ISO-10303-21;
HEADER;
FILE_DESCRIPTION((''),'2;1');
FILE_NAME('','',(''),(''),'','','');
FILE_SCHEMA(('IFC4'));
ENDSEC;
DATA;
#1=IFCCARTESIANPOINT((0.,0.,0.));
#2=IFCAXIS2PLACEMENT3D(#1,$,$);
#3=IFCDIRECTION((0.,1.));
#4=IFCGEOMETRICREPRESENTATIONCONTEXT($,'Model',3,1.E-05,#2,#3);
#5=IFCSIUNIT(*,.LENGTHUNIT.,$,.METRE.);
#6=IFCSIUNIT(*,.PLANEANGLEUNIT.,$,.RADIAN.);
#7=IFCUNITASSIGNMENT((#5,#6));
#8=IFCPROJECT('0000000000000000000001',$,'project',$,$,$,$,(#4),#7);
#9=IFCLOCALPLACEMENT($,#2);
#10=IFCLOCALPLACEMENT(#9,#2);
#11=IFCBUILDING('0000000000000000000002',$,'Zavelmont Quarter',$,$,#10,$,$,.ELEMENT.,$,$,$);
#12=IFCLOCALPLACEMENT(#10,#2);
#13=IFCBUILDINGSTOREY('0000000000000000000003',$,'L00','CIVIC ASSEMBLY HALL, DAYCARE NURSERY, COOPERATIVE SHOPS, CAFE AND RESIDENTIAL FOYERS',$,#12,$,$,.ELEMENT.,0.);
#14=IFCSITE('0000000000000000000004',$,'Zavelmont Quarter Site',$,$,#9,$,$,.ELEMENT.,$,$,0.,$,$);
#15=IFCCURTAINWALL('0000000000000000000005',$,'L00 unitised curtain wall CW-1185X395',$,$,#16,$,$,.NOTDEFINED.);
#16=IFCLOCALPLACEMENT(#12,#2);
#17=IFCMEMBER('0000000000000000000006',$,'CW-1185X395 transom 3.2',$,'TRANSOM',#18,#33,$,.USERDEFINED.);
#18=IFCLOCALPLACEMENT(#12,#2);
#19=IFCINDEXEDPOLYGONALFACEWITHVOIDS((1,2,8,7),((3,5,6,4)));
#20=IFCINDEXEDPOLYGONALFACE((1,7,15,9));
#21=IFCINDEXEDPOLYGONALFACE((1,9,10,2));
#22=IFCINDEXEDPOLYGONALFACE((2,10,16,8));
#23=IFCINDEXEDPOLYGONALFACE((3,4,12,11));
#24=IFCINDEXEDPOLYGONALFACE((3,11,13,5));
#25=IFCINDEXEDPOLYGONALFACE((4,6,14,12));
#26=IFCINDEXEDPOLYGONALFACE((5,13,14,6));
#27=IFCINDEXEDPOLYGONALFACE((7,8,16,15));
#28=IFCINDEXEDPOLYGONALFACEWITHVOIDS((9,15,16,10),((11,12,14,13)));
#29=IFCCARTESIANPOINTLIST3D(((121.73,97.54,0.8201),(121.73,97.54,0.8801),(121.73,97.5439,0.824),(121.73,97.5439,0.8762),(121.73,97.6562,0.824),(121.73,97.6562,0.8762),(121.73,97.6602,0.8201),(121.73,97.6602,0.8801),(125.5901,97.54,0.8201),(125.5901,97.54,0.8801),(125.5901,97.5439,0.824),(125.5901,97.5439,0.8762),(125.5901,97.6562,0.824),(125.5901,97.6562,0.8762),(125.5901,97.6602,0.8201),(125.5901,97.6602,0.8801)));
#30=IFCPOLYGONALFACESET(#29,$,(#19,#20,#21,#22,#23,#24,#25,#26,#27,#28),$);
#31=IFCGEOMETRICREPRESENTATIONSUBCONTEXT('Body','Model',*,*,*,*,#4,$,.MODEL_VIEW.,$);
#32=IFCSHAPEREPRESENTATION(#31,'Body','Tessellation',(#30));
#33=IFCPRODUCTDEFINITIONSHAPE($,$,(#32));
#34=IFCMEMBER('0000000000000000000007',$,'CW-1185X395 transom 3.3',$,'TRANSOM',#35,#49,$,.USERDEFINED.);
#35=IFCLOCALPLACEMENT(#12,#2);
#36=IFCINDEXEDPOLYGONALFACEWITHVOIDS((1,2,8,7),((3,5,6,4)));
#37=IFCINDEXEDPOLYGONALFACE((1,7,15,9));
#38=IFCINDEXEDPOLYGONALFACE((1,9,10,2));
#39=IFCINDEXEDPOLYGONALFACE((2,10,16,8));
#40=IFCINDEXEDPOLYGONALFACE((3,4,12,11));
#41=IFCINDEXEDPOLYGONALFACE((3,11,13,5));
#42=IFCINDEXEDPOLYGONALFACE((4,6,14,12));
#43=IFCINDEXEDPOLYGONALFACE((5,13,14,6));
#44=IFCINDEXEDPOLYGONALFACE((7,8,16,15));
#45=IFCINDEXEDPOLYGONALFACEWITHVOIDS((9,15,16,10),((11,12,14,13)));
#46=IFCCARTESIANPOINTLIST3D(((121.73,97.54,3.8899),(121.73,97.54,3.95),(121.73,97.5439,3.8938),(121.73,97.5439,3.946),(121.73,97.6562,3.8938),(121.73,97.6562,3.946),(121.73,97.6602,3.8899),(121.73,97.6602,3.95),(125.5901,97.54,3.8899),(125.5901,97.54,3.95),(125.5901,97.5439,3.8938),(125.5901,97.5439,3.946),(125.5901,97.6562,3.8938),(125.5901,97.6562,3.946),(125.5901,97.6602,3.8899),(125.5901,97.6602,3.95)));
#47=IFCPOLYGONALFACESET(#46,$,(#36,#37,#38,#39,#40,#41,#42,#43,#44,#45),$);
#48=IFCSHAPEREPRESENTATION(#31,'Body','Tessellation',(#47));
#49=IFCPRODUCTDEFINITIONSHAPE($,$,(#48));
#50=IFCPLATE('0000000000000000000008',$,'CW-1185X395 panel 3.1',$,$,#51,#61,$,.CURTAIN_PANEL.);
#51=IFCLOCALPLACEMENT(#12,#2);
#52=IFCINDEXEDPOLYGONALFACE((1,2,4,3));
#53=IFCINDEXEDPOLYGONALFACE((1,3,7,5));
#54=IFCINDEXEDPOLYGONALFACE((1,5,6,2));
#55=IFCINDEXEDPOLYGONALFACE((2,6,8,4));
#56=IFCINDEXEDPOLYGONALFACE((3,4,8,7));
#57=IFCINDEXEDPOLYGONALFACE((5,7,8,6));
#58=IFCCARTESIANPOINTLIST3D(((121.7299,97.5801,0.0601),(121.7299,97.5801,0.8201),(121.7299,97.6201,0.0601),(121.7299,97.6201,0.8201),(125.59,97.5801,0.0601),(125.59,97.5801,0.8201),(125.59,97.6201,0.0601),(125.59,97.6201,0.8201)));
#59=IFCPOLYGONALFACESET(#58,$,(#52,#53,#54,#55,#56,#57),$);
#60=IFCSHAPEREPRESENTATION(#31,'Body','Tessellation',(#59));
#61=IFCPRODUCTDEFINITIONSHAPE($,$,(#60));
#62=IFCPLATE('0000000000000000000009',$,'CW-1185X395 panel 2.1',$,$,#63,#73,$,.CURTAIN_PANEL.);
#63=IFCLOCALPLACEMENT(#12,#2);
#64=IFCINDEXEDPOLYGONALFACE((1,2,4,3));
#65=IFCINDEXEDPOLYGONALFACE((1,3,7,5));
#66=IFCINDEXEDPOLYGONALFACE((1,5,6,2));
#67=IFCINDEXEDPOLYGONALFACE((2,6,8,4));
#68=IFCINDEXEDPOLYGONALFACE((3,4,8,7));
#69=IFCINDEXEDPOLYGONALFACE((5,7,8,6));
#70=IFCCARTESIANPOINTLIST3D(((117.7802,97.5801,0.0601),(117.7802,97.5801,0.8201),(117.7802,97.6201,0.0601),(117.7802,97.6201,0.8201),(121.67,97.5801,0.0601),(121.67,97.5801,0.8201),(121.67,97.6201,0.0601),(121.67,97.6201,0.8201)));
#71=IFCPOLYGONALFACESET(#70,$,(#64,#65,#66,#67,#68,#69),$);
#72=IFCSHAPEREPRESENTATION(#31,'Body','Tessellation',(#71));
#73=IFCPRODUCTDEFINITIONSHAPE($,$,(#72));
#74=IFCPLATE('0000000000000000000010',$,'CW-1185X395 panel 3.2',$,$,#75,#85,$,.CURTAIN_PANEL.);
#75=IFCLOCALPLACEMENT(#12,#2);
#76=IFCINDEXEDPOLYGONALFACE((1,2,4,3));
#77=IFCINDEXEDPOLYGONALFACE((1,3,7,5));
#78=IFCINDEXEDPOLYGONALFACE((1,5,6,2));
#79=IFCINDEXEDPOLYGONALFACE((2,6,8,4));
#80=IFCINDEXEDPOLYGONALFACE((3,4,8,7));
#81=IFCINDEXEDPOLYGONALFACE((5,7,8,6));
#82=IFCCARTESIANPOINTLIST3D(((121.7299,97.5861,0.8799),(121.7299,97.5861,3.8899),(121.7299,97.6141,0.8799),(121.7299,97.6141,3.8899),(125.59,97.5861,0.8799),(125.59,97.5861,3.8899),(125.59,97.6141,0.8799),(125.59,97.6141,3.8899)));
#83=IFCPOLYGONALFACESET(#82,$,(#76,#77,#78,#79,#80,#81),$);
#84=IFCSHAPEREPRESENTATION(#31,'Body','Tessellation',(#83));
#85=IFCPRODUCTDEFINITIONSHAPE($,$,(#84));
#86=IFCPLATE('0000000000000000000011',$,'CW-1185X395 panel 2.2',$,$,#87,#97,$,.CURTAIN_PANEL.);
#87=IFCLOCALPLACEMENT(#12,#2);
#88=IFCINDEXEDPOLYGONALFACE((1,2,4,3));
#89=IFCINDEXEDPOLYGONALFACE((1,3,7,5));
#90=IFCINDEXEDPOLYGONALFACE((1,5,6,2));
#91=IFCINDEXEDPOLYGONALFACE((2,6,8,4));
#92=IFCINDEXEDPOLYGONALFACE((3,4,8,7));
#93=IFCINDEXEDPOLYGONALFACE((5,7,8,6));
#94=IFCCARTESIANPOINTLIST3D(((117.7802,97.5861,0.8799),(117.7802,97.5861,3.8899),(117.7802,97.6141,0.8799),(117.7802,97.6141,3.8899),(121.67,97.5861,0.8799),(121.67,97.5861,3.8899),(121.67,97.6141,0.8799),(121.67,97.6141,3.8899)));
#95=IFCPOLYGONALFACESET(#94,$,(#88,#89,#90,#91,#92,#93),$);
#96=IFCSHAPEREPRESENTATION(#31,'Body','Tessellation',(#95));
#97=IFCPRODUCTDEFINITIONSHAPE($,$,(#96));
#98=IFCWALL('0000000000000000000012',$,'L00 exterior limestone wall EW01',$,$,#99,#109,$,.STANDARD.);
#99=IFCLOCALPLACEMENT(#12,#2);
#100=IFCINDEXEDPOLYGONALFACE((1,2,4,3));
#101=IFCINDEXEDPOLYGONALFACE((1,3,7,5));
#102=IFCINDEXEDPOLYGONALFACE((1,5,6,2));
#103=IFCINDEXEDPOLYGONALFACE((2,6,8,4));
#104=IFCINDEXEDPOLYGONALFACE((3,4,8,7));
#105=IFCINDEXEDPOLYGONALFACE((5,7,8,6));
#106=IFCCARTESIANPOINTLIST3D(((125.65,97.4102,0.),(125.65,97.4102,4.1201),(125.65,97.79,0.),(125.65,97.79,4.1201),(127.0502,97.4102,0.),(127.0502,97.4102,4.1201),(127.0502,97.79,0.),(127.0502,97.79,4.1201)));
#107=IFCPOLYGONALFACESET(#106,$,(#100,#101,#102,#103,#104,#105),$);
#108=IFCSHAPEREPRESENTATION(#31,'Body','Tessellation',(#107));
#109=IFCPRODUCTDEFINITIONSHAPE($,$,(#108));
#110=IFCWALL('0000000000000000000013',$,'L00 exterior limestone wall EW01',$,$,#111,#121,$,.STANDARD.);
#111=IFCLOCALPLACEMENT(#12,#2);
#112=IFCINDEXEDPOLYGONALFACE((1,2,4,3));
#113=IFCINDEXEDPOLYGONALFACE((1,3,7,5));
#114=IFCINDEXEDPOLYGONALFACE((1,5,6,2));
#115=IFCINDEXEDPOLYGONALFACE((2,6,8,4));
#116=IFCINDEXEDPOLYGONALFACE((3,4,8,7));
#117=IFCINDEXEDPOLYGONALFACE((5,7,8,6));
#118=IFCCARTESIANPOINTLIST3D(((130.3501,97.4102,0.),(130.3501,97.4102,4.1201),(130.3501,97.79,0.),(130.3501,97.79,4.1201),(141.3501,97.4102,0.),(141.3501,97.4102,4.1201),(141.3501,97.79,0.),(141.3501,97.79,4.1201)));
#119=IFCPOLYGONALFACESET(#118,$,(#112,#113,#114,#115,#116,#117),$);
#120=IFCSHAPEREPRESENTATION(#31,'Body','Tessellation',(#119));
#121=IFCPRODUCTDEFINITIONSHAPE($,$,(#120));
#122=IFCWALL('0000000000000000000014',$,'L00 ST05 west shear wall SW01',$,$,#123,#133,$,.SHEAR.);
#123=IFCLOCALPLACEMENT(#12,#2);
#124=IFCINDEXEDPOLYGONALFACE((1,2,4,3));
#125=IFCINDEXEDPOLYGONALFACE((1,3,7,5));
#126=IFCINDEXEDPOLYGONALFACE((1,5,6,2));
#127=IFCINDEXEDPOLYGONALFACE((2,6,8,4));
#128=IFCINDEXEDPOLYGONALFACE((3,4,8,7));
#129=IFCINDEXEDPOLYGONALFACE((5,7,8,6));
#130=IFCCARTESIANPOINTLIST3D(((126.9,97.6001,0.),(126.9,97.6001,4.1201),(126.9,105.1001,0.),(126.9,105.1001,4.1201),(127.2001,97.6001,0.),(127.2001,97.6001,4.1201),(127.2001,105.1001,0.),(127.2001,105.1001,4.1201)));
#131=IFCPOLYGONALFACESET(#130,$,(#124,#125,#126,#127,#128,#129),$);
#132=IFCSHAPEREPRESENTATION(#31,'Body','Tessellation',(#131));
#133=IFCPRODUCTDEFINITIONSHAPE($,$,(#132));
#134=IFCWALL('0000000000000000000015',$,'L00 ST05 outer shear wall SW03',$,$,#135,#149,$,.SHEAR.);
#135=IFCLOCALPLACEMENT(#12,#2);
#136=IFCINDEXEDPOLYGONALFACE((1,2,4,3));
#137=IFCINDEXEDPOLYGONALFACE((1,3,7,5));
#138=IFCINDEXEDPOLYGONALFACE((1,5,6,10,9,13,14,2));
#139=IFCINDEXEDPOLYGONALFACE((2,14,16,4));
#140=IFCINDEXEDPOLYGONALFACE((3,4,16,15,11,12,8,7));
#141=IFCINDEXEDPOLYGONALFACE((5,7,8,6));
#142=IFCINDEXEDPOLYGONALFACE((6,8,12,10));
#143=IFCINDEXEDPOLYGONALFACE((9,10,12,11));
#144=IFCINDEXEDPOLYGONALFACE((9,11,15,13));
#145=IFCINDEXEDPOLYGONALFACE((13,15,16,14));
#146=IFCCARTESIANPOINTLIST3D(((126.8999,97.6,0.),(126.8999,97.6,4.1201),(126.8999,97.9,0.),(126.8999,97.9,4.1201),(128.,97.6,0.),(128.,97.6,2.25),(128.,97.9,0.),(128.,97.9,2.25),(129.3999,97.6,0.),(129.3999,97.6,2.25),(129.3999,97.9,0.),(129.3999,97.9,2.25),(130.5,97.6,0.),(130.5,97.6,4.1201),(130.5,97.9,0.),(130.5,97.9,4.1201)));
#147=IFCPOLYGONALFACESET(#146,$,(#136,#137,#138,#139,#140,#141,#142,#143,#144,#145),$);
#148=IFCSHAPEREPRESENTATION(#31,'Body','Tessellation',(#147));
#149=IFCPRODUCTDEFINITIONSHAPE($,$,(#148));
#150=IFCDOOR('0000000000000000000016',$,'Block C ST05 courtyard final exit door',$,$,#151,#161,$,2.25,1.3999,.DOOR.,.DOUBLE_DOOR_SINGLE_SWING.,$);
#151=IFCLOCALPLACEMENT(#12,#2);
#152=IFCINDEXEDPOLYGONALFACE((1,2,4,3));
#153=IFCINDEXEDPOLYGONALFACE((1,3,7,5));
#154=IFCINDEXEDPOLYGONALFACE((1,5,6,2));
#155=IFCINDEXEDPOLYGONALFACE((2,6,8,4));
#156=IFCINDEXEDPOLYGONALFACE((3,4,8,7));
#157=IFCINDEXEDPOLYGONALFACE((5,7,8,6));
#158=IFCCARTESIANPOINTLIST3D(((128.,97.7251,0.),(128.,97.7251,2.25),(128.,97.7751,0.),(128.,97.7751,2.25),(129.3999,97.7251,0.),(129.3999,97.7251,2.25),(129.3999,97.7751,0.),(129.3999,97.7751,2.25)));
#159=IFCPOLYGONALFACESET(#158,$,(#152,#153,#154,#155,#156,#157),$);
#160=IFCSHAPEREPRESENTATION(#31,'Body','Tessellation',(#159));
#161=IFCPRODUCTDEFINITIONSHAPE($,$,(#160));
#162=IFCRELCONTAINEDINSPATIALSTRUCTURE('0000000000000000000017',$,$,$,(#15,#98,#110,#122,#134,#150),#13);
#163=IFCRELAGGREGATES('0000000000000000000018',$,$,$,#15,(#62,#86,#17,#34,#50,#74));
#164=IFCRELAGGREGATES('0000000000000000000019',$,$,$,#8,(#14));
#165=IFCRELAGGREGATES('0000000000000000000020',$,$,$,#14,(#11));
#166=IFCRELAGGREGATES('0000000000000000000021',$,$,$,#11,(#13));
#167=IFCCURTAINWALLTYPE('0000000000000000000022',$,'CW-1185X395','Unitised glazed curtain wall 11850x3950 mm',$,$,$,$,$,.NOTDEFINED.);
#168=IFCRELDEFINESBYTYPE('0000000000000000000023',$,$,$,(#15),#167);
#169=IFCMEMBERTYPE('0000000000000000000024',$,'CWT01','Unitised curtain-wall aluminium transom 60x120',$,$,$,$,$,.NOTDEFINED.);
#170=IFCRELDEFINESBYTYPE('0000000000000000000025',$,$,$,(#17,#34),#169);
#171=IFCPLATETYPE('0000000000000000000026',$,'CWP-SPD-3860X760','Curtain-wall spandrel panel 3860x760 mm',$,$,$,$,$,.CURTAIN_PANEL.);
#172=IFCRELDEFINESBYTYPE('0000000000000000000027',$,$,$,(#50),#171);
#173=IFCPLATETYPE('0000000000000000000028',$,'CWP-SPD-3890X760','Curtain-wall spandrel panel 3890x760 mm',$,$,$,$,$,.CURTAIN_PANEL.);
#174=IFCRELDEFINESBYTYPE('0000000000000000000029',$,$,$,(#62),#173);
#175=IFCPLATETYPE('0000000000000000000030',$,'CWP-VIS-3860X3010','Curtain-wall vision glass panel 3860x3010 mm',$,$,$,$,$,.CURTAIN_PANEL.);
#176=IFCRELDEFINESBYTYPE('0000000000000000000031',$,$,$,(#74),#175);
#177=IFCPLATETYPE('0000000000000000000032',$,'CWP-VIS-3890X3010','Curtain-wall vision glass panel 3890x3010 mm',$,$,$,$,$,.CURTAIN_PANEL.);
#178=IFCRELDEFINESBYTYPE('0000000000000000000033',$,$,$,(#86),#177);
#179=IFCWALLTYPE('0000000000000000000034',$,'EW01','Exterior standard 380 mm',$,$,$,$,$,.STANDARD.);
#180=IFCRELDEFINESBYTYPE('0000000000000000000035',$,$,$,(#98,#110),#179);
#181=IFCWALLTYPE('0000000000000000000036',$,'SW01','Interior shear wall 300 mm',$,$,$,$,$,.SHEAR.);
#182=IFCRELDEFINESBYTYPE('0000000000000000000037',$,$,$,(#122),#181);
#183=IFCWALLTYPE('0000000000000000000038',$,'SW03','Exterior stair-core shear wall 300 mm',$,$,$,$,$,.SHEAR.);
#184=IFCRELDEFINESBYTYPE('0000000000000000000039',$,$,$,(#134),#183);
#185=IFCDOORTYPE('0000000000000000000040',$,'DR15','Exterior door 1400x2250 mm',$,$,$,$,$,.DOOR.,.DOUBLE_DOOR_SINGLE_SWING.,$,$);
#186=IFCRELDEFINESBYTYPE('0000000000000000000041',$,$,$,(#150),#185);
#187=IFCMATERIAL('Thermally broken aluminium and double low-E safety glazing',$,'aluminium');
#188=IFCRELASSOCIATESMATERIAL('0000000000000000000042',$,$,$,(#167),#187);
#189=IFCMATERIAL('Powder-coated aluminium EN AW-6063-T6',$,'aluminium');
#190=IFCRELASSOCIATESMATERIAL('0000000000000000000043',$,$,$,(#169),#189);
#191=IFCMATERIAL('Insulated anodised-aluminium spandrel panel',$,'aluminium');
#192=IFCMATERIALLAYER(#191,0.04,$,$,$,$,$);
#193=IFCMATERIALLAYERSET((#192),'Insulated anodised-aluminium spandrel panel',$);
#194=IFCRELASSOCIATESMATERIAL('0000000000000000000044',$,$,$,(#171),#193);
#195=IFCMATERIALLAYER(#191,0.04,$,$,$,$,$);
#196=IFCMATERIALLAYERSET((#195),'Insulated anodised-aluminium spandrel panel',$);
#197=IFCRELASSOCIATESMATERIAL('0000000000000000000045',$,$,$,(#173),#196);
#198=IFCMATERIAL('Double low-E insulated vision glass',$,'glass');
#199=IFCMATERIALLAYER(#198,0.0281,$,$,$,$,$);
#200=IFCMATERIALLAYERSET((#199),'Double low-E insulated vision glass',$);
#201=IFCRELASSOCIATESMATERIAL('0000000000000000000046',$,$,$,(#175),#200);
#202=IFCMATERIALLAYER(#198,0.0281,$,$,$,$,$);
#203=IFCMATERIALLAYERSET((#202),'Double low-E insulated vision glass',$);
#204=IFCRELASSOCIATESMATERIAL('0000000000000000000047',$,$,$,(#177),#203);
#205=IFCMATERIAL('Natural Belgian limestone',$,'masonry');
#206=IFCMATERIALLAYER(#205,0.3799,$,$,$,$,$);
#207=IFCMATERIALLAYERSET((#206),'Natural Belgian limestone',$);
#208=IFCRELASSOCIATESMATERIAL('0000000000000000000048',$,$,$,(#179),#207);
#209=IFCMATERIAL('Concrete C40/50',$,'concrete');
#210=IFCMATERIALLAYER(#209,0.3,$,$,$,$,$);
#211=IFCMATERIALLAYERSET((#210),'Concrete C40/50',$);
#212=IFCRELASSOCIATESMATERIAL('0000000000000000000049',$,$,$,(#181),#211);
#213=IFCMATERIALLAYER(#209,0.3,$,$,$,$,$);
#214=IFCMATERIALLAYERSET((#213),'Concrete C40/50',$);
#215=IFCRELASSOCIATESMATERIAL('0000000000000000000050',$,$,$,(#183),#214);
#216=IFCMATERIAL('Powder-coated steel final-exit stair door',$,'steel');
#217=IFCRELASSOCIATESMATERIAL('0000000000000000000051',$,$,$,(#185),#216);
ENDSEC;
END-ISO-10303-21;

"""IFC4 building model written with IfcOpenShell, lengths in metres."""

from ifc_helpers import new_model, si_unit, direction, frame, frame_2d, origin, origin_2d, place, context, subcontext, project, spatial, rectangle, hollow_rectangle, extrude, material, layer, layer_set, material_profile, profile_set, type_object, element, fill, aggregate, save


model = new_model("IFC4")

# Units and contexts
model_context = context("Model", 3, precision=1e-05, world=origin(), true_north=direction((0.0, 1.0)))
body_context = subcontext(model_context, "Body", "Model", "MODEL_VIEW")
ifc_project = project(units=[si_unit("LENGTHUNIT", "METRE"), si_unit("PLANEANGLEUNIT", "RADIAN")], contexts=[model_context])

# Site, building, storey
site_placement = place(None, origin())
site = spatial("IfcSite", under=ifc_project, at=site_placement, Name="Zavelmont Quarter Site", CompositionType="ELEMENT", RefElevation=0.0)
building_placement = place(site_placement, origin())
building = spatial("IfcBuilding", under=site, at=building_placement, Name="Zavelmont Quarter", CompositionType="ELEMENT")
storey_placement = place(building_placement, origin())
storey = spatial("IfcBuildingStorey", under=building, at=storey_placement, Name="L00", Description="CIVIC ASSEMBLY HALL, DAYCARE NURSERY, COOPERATIVE SHOPS, CAFE AND RESIDENTIAL FOYERS", CompositionType="ELEMENT", Elevation=0.0)

# Shared definitions
ifc_material_1 = material(Name="Concrete C40/50", Category="concrete")

# Curtain wall, members, plates
ifc_material_2 = material(Name="Thermally broken aluminium and double low-E safety glazing", Category="aluminium")
curtain_wall_type = type_object("IfcCurtainWallType", Name="CW-1185X395", Description="Unitised glazed curtain wall 11850x3950 mm", PredefinedType="NOTDEFINED", material=ifc_material_2)
curtain_wall_placement = place(storey_placement, origin())
curtain_wall = element("IfcCurtainWall", 1, at=curtain_wall_placement, inside=storey, type_object=curtain_wall_type, Name="L00 unitised curtain wall CW-1185X395", PredefinedType="NOTDEFINED")
ifc_material_3 = material(Name="Powder-coated aluminium EN AW-6063-T6", Category="aluminium")
ifc_material_profile_1 = material_profile(ifc_material_3, hollow_rectangle(XDim=0.1201, YDim=0.0601, WallThickness=0.0039, at=origin_2d()), Name="CWT60X120")
ifc_profile_set_1 = profile_set([ifc_material_profile_1], Name="Powder-coated aluminium EN AW-6063-T6")
member_type_1 = type_object("IfcMemberType", Name="CWT01", Description="Unitised curtain-wall aluminium transom 60x120", PredefinedType="NOTDEFINED", material=ifc_profile_set_1)
member_1_placement = place(storey_placement, frame((121.73, 97.6001, 0.8501), z_axis=(1.0, 0.0, 0.0), x_axis=(0.0, 1.0, 0.0)))
member_1 = element("IfcMember", 2, at=member_1_placement, type_object=member_type_1, Name="CW-1185X395 transom 3.2", ObjectType="TRANSOM", PredefinedType="USERDEFINED", context=body_context, shape_type="SweptSolid", body=[
    extrude(hollow_rectangle(XDim=0.1201, YDim=0.0601, WallThickness=0.0039, at=origin_2d()), origin(), (0.0, 0.0, 1.0), 3.8601),
])
member_2_placement = place(storey_placement, frame((121.73, 97.6001, 3.9199), z_axis=(1.0, 0.0, 0.0), x_axis=(0.0, 1.0, 0.0)))
member_2 = element("IfcMember", 3, at=member_2_placement, type_object=member_type_1, Name="CW-1185X395 transom 3.3", ObjectType="TRANSOM", PredefinedType="USERDEFINED", context=body_context, shape_type="SweptSolid", body=[
    extrude(hollow_rectangle(XDim=0.1201, YDim=0.0601, WallThickness=0.0039, at=origin_2d()), origin(), (0.0, 0.0, 1.0), 3.8601),
])
ifc_material_4 = material(Name="Insulated anodised-aluminium spandrel panel", Category="aluminium")
ifc_layer_1 = layer(ifc_material_4, 0.04)
ifc_layer_set_1 = layer_set([ifc_layer_1], Name="Insulated anodised-aluminium spandrel panel")
plate_type_1 = type_object("IfcPlateType", Name="CWP-SPD-3860X760", Description="Curtain-wall spandrel panel 3860x760 mm", PredefinedType="CURTAIN_PANEL", material=ifc_layer_set_1)
plate_1_placement = place(storey_placement, frame((123.6599, 97.6001, 0.0601), z_axis=(0.0, 0.0, 1.0), x_axis=(1.0, 0.0, 0.0)))
plate_1 = element("IfcPlate", 4, at=plate_1_placement, type_object=plate_type_1, Name="CW-1185X395 panel 3.1", PredefinedType="CURTAIN_PANEL", context=body_context, shape_type="SweptSolid", body=[
    extrude(rectangle(XDim=3.8601, YDim=0.04, at=origin_2d()), origin(), (0.0, 0.0, 1.0), 0.76),
])
ifc_layer_2 = layer(ifc_material_4, 0.04)
ifc_layer_set_2 = layer_set([ifc_layer_2], Name="Insulated anodised-aluminium spandrel panel")
plate_type_2 = type_object("IfcPlateType", Name="CWP-SPD-3890X760", Description="Curtain-wall spandrel panel 3890x760 mm", PredefinedType="CURTAIN_PANEL", material=ifc_layer_set_2)
plate_2_placement = place(storey_placement, frame((119.7251, 97.6001, 0.0601), z_axis=(0.0, 0.0, 1.0), x_axis=(1.0, 0.0, 0.0)))
plate_2 = element("IfcPlate", 5, at=plate_2_placement, type_object=plate_type_2, Name="CW-1185X395 panel 2.1", PredefinedType="CURTAIN_PANEL", context=body_context, shape_type="SweptSolid", body=[
    extrude(rectangle(XDim=3.8899, YDim=0.04, at=origin_2d()), origin(), (0.0, 0.0, 1.0), 0.76),
])
ifc_material_5 = material(Name="Double low-E insulated vision glass", Category="glass")
ifc_layer_3 = layer(ifc_material_5, 0.0281)
ifc_layer_set_3 = layer_set([ifc_layer_3], Name="Double low-E insulated vision glass")
plate_type_3 = type_object("IfcPlateType", Name="CWP-VIS-3860X3010", Description="Curtain-wall vision glass panel 3860x3010 mm", PredefinedType="CURTAIN_PANEL", material=ifc_layer_set_3)
plate_3_placement = place(storey_placement, frame((123.6599, 97.6001, 0.8799), z_axis=(0.0, 0.0, 1.0), x_axis=(1.0, 0.0, 0.0)))
plate_3 = element("IfcPlate", 6, at=plate_3_placement, type_object=plate_type_3, Name="CW-1185X395 panel 3.2", PredefinedType="CURTAIN_PANEL", context=body_context, shape_type="SweptSolid", body=[
    extrude(rectangle(XDim=3.8601, YDim=0.0281, at=origin_2d()), origin(), (0.0, 0.0, 1.0), 3.01),
])
ifc_layer_4 = layer(ifc_material_5, 0.0281)
ifc_layer_set_4 = layer_set([ifc_layer_4], Name="Double low-E insulated vision glass")
plate_type_4 = type_object("IfcPlateType", Name="CWP-VIS-3890X3010", Description="Curtain-wall vision glass panel 3890x3010 mm", PredefinedType="CURTAIN_PANEL", material=ifc_layer_set_4)
plate_4_placement = place(storey_placement, frame((119.7251, 97.6001, 0.8799), z_axis=(0.0, 0.0, 1.0), x_axis=(1.0, 0.0, 0.0)))
plate_4 = element("IfcPlate", 7, at=plate_4_placement, type_object=plate_type_4, Name="CW-1185X395 panel 2.2", PredefinedType="CURTAIN_PANEL", context=body_context, shape_type="SweptSolid", body=[
    extrude(rectangle(XDim=3.8899, YDim=0.0281, at=origin_2d()), origin(), (0.0, 0.0, 1.0), 3.01),
])
aggregate(curtain_wall, [plate_2, plate_4, member_1, member_2, plate_1, plate_3])

# Walls
ifc_material_6 = material(Name="Natural Belgian limestone", Category="masonry")
ifc_layer_5 = layer(ifc_material_6, 0.3799)
ifc_layer_set_5 = layer_set([ifc_layer_5], Name="Natural Belgian limestone")
wall_type_1 = type_object("IfcWallType", Name="EW01", Description="Exterior standard 380 mm", PredefinedType="STANDARD", material=ifc_layer_set_5)
wall_1_placement = place(storey_placement, frame((125.6499, 97.6001, 0.0), z_axis=(0.0, 0.0, 1.0), x_axis=(1.0, 0.0, 0.0)))
element("IfcWall", 8, at=wall_1_placement, inside=storey, type_object=wall_type_1, Name="L00 exterior limestone wall EW01", PredefinedType="STANDARD", context=body_context, shape_type="SweptSolid", body=[
    extrude(rectangle(XDim=1.4001, YDim=0.3799, at=frame_2d((0.7002, 0.0))), origin(), (0.0, 0.0, 1.0), 4.1201),
])
wall_2_placement = place(storey_placement, frame((130.3501, 97.6001, 0.0), z_axis=(0.0, 0.0, 1.0), x_axis=(1.0, 0.0, 0.0)))
element("IfcWall", 9, at=wall_2_placement, inside=storey, type_object=wall_type_1, Name="L00 exterior limestone wall EW01", PredefinedType="STANDARD", context=body_context, shape_type="SweptSolid", body=[
    extrude(rectangle(XDim=11.0, YDim=0.3799, at=frame_2d((5.5, 0.0))), origin(), (0.0, 0.0, 1.0), 4.1201),
])

# Wall
ifc_layer_6 = layer(ifc_material_1, 0.3)
ifc_layer_set_6 = layer_set([ifc_layer_6], Name="Concrete C40/50")
wall_type_2 = type_object("IfcWallType", Name="SW01", Description="Interior shear wall 300 mm", PredefinedType="SHEAR", material=ifc_layer_set_6)
wall_3_placement = place(storey_placement, frame((127.05, 97.6001, 0.0), z_axis=(0.0, 0.0, 1.0), x_axis=(0.0, 1.0, 0.0)))
element("IfcWall", 10, at=wall_3_placement, inside=storey, type_object=wall_type_2, Name="L00 ST05 west shear wall SW01", PredefinedType="SHEAR", context=body_context, shape_type="SweptSolid", body=[
    extrude(rectangle(XDim=7.5, YDim=0.3, at=frame_2d((3.75, 0.0))), origin(), (0.0, 0.0, 1.0), 4.1201),
])

# Wall, opening, door
ifc_layer_7 = layer(ifc_material_1, 0.3)
ifc_layer_set_7 = layer_set([ifc_layer_7], Name="Concrete C40/50")
wall_type_3 = type_object("IfcWallType", Name="SW03", Description="Exterior stair-core shear wall 300 mm", PredefinedType="SHEAR", material=ifc_layer_set_7)
wall_4_placement = place(storey_placement, frame((126.8999, 97.75, 0.0), z_axis=(0.0, 0.0, 1.0), x_axis=(1.0, 0.0, 0.0)))
wall_4 = element("IfcWall", 11, at=wall_4_placement, inside=storey, type_object=wall_type_3, Name="L00 ST05 outer shear wall SW03", PredefinedType="SHEAR", context=body_context, shape_type="SweptSolid", body=[
    extrude(rectangle(XDim=3.6001, YDim=0.3, at=frame_2d((1.8, 0.0))), origin(), (0.0, 0.0, 1.0), 4.1201),
])
opening_1_placement = place(wall_4_placement, frame((1.1001, 0.0, 0.0)))
opening_1 = element("IfcOpeningElement", 12, at=opening_1_placement, cuts=wall_4, PredefinedType="OPENING", context=body_context, shape_type="SweptSolid", body=[
    extrude(rectangle(XDim=1.3999, YDim=2.25, at=frame_2d((0.7, 1.125))), frame((0.0, 0.1621, 0.0), z_axis=(0.0, -1.0, 0.0), x_axis=(1.0, 0.0, 0.0)), (0.0, 0.0, 1.0), 0.324),
])
ifc_material_7 = material(Name="Powder-coated steel final-exit stair door", Category="steel")
door_type_1 = type_object("IfcDoorType", Name="DR15", Description="Exterior door 1400x2250 mm", OperationType="DOUBLE_DOOR_SINGLE_SWING", PredefinedType="DOOR", material=ifc_material_7)
door_1_placement = place(opening_1_placement, frame((1.3999, 0.0, 0.0), z_axis=(0.0, 0.0, 1.0), x_axis=(-1.0, 0.0, 0.0)))
door_1 = element("IfcDoor", 13, at=door_1_placement, inside=storey, type_object=door_type_1, Name="Block C ST05 courtyard final exit door", OperationType="DOUBLE_DOOR_SINGLE_SWING", OverallHeight=2.25, OverallWidth=1.3999, PredefinedType="DOOR", context=body_context, shape_type="SweptSolid", body=[
    extrude(rectangle(XDim=1.3999, YDim=2.25, at=frame_2d((0.7, 1.125))), frame((0.0, 0.0249, 0.0), z_axis=(0.0, -1.0, 0.0), x_axis=(1.0, 0.0, 0.0)), (0.0, 0.0, 1.0), 0.05),
])
fill(opening_1, door_1)

save(model, "model.ifc")
